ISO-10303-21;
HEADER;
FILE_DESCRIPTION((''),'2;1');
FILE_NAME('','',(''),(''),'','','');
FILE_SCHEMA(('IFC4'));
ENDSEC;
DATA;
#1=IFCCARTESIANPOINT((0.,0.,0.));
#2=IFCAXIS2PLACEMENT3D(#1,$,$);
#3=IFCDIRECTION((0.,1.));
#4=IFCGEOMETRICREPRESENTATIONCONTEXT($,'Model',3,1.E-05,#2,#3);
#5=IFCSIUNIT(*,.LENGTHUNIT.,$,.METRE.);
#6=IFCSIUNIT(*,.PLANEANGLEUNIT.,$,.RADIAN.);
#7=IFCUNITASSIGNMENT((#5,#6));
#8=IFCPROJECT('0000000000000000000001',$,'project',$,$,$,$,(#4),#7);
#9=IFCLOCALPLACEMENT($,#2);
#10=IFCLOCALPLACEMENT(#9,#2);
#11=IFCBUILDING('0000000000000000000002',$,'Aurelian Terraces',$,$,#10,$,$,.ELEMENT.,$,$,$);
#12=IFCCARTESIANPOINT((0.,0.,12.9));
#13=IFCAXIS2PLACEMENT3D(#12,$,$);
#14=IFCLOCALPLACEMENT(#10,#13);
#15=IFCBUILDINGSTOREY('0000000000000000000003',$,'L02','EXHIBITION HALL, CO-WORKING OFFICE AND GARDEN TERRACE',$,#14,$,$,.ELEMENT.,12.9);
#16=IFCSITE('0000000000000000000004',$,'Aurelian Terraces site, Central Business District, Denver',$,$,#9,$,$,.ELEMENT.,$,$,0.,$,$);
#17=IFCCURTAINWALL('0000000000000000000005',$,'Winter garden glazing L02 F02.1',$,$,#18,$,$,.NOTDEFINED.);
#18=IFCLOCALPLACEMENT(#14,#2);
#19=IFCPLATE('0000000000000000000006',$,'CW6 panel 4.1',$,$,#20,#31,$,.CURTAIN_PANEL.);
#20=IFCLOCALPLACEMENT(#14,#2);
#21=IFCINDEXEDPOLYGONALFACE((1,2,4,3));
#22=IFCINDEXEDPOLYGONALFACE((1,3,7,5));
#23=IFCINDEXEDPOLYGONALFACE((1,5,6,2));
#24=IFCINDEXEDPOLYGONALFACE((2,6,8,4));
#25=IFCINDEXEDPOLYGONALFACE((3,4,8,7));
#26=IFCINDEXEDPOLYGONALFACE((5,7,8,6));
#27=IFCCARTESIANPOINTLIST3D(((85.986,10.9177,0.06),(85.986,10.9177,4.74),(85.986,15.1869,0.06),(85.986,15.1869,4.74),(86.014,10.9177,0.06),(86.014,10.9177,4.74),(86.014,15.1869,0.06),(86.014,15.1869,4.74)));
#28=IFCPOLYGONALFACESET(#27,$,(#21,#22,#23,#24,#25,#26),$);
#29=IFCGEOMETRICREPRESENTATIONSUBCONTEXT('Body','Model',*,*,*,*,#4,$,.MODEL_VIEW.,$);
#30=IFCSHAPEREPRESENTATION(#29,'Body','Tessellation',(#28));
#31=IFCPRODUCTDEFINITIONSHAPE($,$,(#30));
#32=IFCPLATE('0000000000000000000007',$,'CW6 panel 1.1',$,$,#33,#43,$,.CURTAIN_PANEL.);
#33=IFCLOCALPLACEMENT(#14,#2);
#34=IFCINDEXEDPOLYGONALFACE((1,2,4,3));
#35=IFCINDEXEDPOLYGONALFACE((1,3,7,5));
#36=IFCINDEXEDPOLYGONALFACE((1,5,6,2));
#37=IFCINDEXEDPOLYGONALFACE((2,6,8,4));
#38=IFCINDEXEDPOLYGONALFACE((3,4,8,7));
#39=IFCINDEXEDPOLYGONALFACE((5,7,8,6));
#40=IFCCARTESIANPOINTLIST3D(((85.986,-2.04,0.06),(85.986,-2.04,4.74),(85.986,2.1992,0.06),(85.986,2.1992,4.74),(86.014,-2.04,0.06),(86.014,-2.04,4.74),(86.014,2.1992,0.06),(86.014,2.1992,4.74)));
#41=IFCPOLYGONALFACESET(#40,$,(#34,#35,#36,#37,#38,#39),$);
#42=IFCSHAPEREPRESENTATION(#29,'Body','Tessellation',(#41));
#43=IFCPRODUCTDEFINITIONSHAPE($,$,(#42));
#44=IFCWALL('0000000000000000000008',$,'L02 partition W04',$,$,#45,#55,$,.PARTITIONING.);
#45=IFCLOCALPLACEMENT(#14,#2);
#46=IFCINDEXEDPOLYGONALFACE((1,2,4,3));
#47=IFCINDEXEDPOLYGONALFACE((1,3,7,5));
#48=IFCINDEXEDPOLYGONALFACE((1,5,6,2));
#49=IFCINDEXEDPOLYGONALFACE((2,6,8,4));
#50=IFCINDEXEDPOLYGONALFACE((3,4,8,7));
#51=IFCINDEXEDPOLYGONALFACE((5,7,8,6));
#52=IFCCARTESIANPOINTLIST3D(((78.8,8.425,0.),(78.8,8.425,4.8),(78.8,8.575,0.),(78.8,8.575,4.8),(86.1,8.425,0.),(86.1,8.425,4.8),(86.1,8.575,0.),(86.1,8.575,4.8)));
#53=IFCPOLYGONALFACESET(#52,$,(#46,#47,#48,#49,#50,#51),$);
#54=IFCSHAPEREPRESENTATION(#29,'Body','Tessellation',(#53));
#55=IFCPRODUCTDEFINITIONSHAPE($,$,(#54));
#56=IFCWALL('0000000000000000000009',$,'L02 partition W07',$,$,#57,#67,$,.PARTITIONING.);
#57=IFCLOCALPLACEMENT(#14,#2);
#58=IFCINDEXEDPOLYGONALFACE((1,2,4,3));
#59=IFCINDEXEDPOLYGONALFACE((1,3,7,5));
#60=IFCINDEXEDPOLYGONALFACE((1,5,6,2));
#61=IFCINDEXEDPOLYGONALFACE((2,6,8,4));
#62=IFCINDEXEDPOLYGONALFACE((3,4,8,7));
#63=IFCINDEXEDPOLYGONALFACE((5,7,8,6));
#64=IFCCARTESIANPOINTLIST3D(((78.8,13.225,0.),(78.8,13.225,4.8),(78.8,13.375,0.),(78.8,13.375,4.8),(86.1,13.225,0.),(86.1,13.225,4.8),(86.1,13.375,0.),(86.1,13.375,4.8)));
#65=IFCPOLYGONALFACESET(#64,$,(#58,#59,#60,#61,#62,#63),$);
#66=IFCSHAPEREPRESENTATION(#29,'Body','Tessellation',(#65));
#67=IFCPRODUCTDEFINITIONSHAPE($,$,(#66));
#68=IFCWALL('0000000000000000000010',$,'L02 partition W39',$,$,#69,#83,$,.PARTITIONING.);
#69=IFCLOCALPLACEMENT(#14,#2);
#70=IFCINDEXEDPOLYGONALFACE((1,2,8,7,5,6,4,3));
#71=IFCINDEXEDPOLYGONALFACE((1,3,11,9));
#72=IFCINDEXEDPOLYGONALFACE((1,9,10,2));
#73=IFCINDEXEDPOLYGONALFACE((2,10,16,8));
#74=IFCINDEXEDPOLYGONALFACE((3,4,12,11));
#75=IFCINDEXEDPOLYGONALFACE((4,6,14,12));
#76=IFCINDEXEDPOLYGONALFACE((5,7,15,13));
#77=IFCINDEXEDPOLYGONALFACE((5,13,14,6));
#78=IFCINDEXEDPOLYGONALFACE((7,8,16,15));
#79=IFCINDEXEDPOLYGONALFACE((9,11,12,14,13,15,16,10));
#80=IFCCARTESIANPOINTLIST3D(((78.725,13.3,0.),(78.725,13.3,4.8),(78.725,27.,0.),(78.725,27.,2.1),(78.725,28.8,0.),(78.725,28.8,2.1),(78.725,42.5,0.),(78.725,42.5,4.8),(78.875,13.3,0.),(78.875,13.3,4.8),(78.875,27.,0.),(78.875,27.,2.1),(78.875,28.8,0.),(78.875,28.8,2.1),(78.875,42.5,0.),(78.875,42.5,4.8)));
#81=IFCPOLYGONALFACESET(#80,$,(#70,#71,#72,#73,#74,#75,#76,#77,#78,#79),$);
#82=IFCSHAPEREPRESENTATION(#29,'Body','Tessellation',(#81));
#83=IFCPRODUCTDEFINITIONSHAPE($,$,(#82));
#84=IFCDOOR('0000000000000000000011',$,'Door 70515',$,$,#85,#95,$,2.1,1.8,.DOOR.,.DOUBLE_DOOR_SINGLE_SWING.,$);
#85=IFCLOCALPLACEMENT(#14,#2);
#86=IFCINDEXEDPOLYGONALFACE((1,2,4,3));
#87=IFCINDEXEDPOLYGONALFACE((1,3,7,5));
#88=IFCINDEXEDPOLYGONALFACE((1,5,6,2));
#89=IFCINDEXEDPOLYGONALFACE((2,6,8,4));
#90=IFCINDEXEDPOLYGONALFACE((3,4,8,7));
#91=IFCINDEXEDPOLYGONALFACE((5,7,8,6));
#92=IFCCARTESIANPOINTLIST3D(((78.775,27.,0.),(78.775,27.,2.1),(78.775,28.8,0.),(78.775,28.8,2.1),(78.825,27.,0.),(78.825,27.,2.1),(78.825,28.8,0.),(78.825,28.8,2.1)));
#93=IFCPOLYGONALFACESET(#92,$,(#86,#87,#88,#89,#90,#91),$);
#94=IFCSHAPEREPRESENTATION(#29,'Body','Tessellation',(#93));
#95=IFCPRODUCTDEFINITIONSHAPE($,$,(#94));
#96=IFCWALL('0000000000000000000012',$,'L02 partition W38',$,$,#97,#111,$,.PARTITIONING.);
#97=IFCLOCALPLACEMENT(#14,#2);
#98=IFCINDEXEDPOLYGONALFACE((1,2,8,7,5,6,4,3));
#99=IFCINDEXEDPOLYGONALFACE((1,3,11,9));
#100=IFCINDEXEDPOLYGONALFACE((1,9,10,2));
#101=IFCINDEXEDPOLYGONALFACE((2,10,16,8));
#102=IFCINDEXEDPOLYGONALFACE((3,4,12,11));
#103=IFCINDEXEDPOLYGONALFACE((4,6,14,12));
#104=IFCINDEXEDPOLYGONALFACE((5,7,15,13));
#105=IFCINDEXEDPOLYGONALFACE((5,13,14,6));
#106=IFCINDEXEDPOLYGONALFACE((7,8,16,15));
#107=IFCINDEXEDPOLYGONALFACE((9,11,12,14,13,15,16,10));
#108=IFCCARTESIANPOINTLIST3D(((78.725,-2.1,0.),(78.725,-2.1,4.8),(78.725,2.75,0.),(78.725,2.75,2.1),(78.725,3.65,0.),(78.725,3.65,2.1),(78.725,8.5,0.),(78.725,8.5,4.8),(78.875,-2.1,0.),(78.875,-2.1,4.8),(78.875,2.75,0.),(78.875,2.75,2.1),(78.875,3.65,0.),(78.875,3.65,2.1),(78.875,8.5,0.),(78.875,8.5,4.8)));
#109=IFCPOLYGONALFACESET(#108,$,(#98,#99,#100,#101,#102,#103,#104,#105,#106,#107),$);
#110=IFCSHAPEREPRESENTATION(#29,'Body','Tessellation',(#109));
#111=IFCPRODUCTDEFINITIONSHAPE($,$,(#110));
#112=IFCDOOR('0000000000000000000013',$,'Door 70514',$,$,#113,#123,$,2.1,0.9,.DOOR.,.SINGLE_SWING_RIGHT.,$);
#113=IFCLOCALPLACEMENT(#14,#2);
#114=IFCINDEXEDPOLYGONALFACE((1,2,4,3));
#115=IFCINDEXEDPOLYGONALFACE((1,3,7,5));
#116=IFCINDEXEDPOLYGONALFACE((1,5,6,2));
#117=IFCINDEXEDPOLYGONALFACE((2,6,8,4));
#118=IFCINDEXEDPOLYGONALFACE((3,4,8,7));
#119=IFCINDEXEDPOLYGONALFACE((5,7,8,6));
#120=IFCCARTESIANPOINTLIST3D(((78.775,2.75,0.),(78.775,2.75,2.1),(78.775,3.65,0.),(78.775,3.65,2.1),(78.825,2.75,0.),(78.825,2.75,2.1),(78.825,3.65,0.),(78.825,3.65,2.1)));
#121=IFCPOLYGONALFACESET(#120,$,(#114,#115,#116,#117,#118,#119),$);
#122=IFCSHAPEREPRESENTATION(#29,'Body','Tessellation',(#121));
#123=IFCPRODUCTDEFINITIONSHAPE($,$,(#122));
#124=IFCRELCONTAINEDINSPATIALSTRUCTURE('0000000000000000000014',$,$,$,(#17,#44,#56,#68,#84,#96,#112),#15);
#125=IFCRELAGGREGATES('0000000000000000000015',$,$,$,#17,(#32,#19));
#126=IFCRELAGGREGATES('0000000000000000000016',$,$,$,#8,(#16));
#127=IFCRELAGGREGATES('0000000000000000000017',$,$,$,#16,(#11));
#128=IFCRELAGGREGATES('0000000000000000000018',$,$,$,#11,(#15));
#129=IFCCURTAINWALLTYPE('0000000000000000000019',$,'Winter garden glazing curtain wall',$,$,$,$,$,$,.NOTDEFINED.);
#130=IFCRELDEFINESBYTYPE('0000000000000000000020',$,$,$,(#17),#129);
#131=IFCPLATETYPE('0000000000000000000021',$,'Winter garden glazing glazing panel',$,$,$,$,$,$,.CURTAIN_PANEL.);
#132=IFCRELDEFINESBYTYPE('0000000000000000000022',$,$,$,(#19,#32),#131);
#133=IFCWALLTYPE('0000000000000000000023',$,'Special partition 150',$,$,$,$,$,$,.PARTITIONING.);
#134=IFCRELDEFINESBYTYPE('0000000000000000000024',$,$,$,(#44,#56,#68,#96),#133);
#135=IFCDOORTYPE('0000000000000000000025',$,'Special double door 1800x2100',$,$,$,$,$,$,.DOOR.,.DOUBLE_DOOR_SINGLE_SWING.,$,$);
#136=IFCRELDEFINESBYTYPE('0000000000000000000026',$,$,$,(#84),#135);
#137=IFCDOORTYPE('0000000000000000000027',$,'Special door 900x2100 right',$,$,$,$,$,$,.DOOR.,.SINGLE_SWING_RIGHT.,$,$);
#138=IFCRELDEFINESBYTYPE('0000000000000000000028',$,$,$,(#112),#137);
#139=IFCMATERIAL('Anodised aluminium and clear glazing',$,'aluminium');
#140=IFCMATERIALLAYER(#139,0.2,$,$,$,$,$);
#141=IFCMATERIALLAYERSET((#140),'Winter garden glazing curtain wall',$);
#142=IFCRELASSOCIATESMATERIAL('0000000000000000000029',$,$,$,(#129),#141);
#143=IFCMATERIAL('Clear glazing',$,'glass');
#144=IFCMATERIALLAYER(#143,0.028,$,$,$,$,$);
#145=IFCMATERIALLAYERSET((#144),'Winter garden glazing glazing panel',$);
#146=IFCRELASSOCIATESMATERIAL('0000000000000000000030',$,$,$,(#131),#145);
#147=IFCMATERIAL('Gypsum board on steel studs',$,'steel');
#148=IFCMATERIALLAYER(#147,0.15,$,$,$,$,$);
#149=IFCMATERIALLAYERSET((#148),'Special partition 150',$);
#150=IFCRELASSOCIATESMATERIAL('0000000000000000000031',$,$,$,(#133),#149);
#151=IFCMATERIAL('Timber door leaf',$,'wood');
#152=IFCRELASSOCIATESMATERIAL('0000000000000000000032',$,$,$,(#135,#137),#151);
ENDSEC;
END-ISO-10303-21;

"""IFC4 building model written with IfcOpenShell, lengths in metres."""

from ifc_helpers import new_model, si_unit, direction, frame, frame_2d, origin, origin_2d, place, context, subcontext, project, spatial, rectangle, extrude, source, transform, mapped, material, layer, layer_set, type_object, element, fill, aggregate, save


model = new_model("IFC4")

# Units and contexts
model_context = context("Model", 3, precision=1e-05, world=origin(), true_north=direction((0.0, 1.0)))
body_context = subcontext(model_context, "Body", "Model", "MODEL_VIEW")
ifc_project = project(units=[si_unit("LENGTHUNIT", "METRE"), si_unit("PLANEANGLEUNIT", "RADIAN")], contexts=[model_context])

# Site, building, storey
site_placement = place(None, origin())
site = spatial("IfcSite", under=ifc_project, at=site_placement, Name="Aurelian Terraces site, Central Business District, Denver", CompositionType="ELEMENT", RefElevation=0.0)
building_placement = place(site_placement, origin())
building = spatial("IfcBuilding", under=site, at=building_placement, Name="Aurelian Terraces", CompositionType="ELEMENT")
storey_placement = place(building_placement, frame((0.0, 0.0, 12.9)))
storey = spatial("IfcBuildingStorey", under=building, at=storey_placement, Name="L02", Description="EXHIBITION HALL, CO-WORKING OFFICE AND GARDEN TERRACE", CompositionType="ELEMENT", Elevation=12.9)

# Curtain wall
ifc_material_1 = material(Name="Anodised aluminium and clear glazing", Category="aluminium")
ifc_layer_1 = layer(ifc_material_1, 0.2)
ifc_layer_set_1 = layer_set([ifc_layer_1], Name="Winter garden glazing curtain wall")
curtain_wall_type = type_object("IfcCurtainWallType", Name="Winter garden glazing curtain wall", PredefinedType="NOTDEFINED", material=ifc_layer_set_1)
curtain_wall_1_placement = place(storey_placement, origin())
curtain_wall_1 = element("IfcCurtainWall", 1, at=curtain_wall_1_placement, inside=storey, type_object=curtain_wall_type, Name="Winter garden glazing L02 F02.1", PredefinedType="NOTDEFINED")

# Plates
ifc_material_2 = material(Name="Clear glazing", Category="glass")
ifc_layer_2 = layer(ifc_material_2, 0.028)
ifc_layer_set_2 = layer_set([ifc_layer_2], Name="Winter garden glazing glazing panel")
plate_type = type_object("IfcPlateType", Name="Winter garden glazing glazing panel", PredefinedType="CURTAIN_PANEL", material=ifc_layer_set_2)
shared_shape_1 = source(origin(), body_context, "Body", "SweptSolid", [
    extrude(rectangle(XDim=4.2692, YDim=0.028, at=origin_2d()), origin(), (0.0, 0.0, 1.0), 4.68),
])
plate_1_placement = place(storey_placement, frame((86.0, 13.0523, 0.06), z_axis=(0.0, 0.0, 1.0), x_axis=(0.0, 1.0, 0.0)))
plate_1 = element("IfcPlate", 2, at=plate_1_placement, type_object=plate_type, Name="CW6 panel 4.1", PredefinedType="CURTAIN_PANEL", context=body_context, shape_type="MappedRepresentation", body=[
    mapped(shared_shape_1, transform((0.0, 0.0, 0.0), scale=1.0)),
])
shared_shape_2 = source(origin(), body_context, "Body", "SweptSolid", [
    extrude(rectangle(XDim=4.2392, YDim=0.028, at=origin_2d()), origin(), (0.0, 0.0, 1.0), 4.68),
])
plate_2_placement = place(storey_placement, frame((86.0, 0.0796, 0.06), z_axis=(0.0, 0.0, 1.0), x_axis=(0.0, 1.0, 0.0)))
plate_2 = element("IfcPlate", 3, at=plate_2_placement, type_object=plate_type, Name="CW6 panel 1.1", PredefinedType="CURTAIN_PANEL", context=body_context, shape_type="MappedRepresentation", body=[
    mapped(shared_shape_2, transform((0.0, 0.0, 0.0), scale=1.0)),
])
aggregate(curtain_wall_1, [plate_2, plate_1])

# Walls
ifc_material_3 = material(Name="Gypsum board on steel studs", Category="steel")
ifc_layer_3 = layer(ifc_material_3, 0.15)
ifc_layer_set_3 = layer_set([ifc_layer_3], Name="Special partition 150")
wall_type = type_object("IfcWallType", Name="Special partition 150", PredefinedType="PARTITIONING", material=ifc_layer_set_3)
shared_shape_3 = source(origin(), body_context, "Body", "SweptSolid", [
    extrude(rectangle(XDim=7.3, YDim=0.15, at=frame_2d((3.65, 0.0))), origin(), (0.0, 0.0, 1.0), 4.8),
])
for number, where, z_axis, x_axis, name in (
    (4, (78.8, 8.5, 0.0), (0.0, 0.0, 1.0), (1.0, 0.0, 0.0), "L02 partition W04"),
    (5, (78.8, 13.3, 0.0), (0.0, 0.0, 1.0), (1.0, 0.0, 0.0), "L02 partition W07"),
):
    element("IfcWall", number, at=place(storey_placement, frame(where, z_axis=z_axis, x_axis=x_axis)), inside=storey, type_object=wall_type, Name=name, PredefinedType="PARTITIONING", context=body_context, shape_type="MappedRepresentation", body=[
        mapped(shared_shape_3, transform((0.0, 0.0, 0.0), scale=1.0)),
    ])

# Walls, openings, doors
shared_shape_4 = source(origin(), body_context, "Body", "SweptSolid", [
    extrude(rectangle(XDim=29.2, YDim=0.15, at=frame_2d((14.6, 0.0))), origin(), (0.0, 0.0, 1.0), 4.8),
])
wall_1_placement = place(storey_placement, frame((78.8, 13.3, 0.0), z_axis=(0.0, 0.0, 1.0), x_axis=(0.0, 1.0, 0.0)))
wall_1 = element("IfcWall", 6, at=wall_1_placement, inside=storey, type_object=wall_type, Name="L02 partition W39", PredefinedType="PARTITIONING", context=body_context, shape_type="MappedRepresentation", body=[
    mapped(shared_shape_4, transform((0.0, 0.0, 0.0), scale=1.0)),
])
shared_shape_5 = source(origin(), body_context, "Body", "SweptSolid", [
    extrude(rectangle(XDim=1.8, YDim=2.1, at=frame_2d((0.9, 1.05))), frame((0.0, 0.085, 0.0), z_axis=(0.0, -1.0, 0.0), x_axis=(1.0, 0.0, 0.0)), (0.0, 0.0, 1.0), 0.17),
])
opening_1_placement = place(wall_1_placement, frame((13.7, 0.0, 0.0)))
opening_1 = element("IfcOpeningElement", 7, at=opening_1_placement, cuts=wall_1, PredefinedType="OPENING", context=body_context, shape_type="MappedRepresentation", body=[
    mapped(shared_shape_5, transform((0.0, 0.0, 0.0), scale=1.0)),
])
ifc_material_4 = material(Name="Timber door leaf", Category="wood")
door_type_1 = type_object("IfcDoorType", Name="Special double door 1800x2100", OperationType="DOUBLE_DOOR_SINGLE_SWING", PredefinedType="DOOR", material=ifc_material_4)
shared_shape_6 = source(origin(), body_context, "Body", "SweptSolid", [
    extrude(rectangle(XDim=1.8, YDim=2.1, at=frame_2d((0.9, 1.05))), frame((0.0, 0.025, 0.0), z_axis=(0.0, -1.0, 0.0), x_axis=(1.0, 0.0, 0.0)), (0.0, 0.0, 1.0), 0.05),
])
door_1_placement = place(opening_1_placement, origin())
door_1 = element("IfcDoor", 8, at=door_1_placement, inside=storey, type_object=door_type_1, Name="Door 70515", OperationType="DOUBLE_DOOR_SINGLE_SWING", OverallHeight=2.1, OverallWidth=1.8, PredefinedType="DOOR", context=body_context, shape_type="MappedRepresentation", body=[
    mapped(shared_shape_6, transform((0.0, 0.0, 0.0), scale=1.0)),
])
fill(opening_1, door_1)
shared_shape_7 = source(origin(), body_context, "Body", "SweptSolid", [
    extrude(rectangle(XDim=10.6, YDim=0.15, at=frame_2d((5.3, 0.0))), origin(), (0.0, 0.0, 1.0), 4.8),
])
wall_2_placement = place(storey_placement, frame((78.8, -2.1, 0.0), z_axis=(0.0, 0.0, 1.0), x_axis=(0.0, 1.0, 0.0)))
wall_2 = element("IfcWall", 9, at=wall_2_placement, inside=storey, type_object=wall_type, Name="L02 partition W38", PredefinedType="PARTITIONING", context=body_context, shape_type="MappedRepresentation", body=[
    mapped(shared_shape_7, transform((0.0, 0.0, 0.0), scale=1.0)),
])
shared_shape_8 = source(origin(), body_context, "Body", "SweptSolid", [
    extrude(rectangle(XDim=0.9, YDim=2.1, at=frame_2d((0.45, 1.05))), frame((0.0, 0.085, 0.0), z_axis=(0.0, -1.0, 0.0), x_axis=(1.0, 0.0, 0.0)), (0.0, 0.0, 1.0), 0.17),
])
opening_2_placement = place(wall_2_placement, frame((4.85, 0.0, 0.0)))
opening_2 = element("IfcOpeningElement", 10, at=opening_2_placement, cuts=wall_2, PredefinedType="OPENING", context=body_context, shape_type="MappedRepresentation", body=[
    mapped(shared_shape_8, transform((0.0, 0.0, 0.0), scale=1.0)),
])
door_type_2 = type_object("IfcDoorType", Name="Special door 900x2100 right", OperationType="SINGLE_SWING_RIGHT", PredefinedType="DOOR", material=ifc_material_4)
shared_shape_9 = source(origin(), body_context, "Body", "SweptSolid", [
    extrude(rectangle(XDim=0.9, YDim=2.1, at=frame_2d((0.45, 1.05))), frame((0.0, 0.025, 0.0), z_axis=(0.0, -1.0, 0.0), x_axis=(1.0, 0.0, 0.0)), (0.0, 0.0, 1.0), 0.05),
])
door_2_placement = place(opening_2_placement, origin())
door_2 = element("IfcDoor", 11, at=door_2_placement, inside=storey, type_object=door_type_2, Name="Door 70514", OperationType="SINGLE_SWING_RIGHT", OverallHeight=2.1, OverallWidth=0.9, PredefinedType="DOOR", context=body_context, shape_type="MappedRepresentation", body=[
    mapped(shared_shape_9, transform((0.0, 0.0, 0.0), scale=1.0)),
])
fill(opening_2, door_2)

save(model, "model.ifc")
